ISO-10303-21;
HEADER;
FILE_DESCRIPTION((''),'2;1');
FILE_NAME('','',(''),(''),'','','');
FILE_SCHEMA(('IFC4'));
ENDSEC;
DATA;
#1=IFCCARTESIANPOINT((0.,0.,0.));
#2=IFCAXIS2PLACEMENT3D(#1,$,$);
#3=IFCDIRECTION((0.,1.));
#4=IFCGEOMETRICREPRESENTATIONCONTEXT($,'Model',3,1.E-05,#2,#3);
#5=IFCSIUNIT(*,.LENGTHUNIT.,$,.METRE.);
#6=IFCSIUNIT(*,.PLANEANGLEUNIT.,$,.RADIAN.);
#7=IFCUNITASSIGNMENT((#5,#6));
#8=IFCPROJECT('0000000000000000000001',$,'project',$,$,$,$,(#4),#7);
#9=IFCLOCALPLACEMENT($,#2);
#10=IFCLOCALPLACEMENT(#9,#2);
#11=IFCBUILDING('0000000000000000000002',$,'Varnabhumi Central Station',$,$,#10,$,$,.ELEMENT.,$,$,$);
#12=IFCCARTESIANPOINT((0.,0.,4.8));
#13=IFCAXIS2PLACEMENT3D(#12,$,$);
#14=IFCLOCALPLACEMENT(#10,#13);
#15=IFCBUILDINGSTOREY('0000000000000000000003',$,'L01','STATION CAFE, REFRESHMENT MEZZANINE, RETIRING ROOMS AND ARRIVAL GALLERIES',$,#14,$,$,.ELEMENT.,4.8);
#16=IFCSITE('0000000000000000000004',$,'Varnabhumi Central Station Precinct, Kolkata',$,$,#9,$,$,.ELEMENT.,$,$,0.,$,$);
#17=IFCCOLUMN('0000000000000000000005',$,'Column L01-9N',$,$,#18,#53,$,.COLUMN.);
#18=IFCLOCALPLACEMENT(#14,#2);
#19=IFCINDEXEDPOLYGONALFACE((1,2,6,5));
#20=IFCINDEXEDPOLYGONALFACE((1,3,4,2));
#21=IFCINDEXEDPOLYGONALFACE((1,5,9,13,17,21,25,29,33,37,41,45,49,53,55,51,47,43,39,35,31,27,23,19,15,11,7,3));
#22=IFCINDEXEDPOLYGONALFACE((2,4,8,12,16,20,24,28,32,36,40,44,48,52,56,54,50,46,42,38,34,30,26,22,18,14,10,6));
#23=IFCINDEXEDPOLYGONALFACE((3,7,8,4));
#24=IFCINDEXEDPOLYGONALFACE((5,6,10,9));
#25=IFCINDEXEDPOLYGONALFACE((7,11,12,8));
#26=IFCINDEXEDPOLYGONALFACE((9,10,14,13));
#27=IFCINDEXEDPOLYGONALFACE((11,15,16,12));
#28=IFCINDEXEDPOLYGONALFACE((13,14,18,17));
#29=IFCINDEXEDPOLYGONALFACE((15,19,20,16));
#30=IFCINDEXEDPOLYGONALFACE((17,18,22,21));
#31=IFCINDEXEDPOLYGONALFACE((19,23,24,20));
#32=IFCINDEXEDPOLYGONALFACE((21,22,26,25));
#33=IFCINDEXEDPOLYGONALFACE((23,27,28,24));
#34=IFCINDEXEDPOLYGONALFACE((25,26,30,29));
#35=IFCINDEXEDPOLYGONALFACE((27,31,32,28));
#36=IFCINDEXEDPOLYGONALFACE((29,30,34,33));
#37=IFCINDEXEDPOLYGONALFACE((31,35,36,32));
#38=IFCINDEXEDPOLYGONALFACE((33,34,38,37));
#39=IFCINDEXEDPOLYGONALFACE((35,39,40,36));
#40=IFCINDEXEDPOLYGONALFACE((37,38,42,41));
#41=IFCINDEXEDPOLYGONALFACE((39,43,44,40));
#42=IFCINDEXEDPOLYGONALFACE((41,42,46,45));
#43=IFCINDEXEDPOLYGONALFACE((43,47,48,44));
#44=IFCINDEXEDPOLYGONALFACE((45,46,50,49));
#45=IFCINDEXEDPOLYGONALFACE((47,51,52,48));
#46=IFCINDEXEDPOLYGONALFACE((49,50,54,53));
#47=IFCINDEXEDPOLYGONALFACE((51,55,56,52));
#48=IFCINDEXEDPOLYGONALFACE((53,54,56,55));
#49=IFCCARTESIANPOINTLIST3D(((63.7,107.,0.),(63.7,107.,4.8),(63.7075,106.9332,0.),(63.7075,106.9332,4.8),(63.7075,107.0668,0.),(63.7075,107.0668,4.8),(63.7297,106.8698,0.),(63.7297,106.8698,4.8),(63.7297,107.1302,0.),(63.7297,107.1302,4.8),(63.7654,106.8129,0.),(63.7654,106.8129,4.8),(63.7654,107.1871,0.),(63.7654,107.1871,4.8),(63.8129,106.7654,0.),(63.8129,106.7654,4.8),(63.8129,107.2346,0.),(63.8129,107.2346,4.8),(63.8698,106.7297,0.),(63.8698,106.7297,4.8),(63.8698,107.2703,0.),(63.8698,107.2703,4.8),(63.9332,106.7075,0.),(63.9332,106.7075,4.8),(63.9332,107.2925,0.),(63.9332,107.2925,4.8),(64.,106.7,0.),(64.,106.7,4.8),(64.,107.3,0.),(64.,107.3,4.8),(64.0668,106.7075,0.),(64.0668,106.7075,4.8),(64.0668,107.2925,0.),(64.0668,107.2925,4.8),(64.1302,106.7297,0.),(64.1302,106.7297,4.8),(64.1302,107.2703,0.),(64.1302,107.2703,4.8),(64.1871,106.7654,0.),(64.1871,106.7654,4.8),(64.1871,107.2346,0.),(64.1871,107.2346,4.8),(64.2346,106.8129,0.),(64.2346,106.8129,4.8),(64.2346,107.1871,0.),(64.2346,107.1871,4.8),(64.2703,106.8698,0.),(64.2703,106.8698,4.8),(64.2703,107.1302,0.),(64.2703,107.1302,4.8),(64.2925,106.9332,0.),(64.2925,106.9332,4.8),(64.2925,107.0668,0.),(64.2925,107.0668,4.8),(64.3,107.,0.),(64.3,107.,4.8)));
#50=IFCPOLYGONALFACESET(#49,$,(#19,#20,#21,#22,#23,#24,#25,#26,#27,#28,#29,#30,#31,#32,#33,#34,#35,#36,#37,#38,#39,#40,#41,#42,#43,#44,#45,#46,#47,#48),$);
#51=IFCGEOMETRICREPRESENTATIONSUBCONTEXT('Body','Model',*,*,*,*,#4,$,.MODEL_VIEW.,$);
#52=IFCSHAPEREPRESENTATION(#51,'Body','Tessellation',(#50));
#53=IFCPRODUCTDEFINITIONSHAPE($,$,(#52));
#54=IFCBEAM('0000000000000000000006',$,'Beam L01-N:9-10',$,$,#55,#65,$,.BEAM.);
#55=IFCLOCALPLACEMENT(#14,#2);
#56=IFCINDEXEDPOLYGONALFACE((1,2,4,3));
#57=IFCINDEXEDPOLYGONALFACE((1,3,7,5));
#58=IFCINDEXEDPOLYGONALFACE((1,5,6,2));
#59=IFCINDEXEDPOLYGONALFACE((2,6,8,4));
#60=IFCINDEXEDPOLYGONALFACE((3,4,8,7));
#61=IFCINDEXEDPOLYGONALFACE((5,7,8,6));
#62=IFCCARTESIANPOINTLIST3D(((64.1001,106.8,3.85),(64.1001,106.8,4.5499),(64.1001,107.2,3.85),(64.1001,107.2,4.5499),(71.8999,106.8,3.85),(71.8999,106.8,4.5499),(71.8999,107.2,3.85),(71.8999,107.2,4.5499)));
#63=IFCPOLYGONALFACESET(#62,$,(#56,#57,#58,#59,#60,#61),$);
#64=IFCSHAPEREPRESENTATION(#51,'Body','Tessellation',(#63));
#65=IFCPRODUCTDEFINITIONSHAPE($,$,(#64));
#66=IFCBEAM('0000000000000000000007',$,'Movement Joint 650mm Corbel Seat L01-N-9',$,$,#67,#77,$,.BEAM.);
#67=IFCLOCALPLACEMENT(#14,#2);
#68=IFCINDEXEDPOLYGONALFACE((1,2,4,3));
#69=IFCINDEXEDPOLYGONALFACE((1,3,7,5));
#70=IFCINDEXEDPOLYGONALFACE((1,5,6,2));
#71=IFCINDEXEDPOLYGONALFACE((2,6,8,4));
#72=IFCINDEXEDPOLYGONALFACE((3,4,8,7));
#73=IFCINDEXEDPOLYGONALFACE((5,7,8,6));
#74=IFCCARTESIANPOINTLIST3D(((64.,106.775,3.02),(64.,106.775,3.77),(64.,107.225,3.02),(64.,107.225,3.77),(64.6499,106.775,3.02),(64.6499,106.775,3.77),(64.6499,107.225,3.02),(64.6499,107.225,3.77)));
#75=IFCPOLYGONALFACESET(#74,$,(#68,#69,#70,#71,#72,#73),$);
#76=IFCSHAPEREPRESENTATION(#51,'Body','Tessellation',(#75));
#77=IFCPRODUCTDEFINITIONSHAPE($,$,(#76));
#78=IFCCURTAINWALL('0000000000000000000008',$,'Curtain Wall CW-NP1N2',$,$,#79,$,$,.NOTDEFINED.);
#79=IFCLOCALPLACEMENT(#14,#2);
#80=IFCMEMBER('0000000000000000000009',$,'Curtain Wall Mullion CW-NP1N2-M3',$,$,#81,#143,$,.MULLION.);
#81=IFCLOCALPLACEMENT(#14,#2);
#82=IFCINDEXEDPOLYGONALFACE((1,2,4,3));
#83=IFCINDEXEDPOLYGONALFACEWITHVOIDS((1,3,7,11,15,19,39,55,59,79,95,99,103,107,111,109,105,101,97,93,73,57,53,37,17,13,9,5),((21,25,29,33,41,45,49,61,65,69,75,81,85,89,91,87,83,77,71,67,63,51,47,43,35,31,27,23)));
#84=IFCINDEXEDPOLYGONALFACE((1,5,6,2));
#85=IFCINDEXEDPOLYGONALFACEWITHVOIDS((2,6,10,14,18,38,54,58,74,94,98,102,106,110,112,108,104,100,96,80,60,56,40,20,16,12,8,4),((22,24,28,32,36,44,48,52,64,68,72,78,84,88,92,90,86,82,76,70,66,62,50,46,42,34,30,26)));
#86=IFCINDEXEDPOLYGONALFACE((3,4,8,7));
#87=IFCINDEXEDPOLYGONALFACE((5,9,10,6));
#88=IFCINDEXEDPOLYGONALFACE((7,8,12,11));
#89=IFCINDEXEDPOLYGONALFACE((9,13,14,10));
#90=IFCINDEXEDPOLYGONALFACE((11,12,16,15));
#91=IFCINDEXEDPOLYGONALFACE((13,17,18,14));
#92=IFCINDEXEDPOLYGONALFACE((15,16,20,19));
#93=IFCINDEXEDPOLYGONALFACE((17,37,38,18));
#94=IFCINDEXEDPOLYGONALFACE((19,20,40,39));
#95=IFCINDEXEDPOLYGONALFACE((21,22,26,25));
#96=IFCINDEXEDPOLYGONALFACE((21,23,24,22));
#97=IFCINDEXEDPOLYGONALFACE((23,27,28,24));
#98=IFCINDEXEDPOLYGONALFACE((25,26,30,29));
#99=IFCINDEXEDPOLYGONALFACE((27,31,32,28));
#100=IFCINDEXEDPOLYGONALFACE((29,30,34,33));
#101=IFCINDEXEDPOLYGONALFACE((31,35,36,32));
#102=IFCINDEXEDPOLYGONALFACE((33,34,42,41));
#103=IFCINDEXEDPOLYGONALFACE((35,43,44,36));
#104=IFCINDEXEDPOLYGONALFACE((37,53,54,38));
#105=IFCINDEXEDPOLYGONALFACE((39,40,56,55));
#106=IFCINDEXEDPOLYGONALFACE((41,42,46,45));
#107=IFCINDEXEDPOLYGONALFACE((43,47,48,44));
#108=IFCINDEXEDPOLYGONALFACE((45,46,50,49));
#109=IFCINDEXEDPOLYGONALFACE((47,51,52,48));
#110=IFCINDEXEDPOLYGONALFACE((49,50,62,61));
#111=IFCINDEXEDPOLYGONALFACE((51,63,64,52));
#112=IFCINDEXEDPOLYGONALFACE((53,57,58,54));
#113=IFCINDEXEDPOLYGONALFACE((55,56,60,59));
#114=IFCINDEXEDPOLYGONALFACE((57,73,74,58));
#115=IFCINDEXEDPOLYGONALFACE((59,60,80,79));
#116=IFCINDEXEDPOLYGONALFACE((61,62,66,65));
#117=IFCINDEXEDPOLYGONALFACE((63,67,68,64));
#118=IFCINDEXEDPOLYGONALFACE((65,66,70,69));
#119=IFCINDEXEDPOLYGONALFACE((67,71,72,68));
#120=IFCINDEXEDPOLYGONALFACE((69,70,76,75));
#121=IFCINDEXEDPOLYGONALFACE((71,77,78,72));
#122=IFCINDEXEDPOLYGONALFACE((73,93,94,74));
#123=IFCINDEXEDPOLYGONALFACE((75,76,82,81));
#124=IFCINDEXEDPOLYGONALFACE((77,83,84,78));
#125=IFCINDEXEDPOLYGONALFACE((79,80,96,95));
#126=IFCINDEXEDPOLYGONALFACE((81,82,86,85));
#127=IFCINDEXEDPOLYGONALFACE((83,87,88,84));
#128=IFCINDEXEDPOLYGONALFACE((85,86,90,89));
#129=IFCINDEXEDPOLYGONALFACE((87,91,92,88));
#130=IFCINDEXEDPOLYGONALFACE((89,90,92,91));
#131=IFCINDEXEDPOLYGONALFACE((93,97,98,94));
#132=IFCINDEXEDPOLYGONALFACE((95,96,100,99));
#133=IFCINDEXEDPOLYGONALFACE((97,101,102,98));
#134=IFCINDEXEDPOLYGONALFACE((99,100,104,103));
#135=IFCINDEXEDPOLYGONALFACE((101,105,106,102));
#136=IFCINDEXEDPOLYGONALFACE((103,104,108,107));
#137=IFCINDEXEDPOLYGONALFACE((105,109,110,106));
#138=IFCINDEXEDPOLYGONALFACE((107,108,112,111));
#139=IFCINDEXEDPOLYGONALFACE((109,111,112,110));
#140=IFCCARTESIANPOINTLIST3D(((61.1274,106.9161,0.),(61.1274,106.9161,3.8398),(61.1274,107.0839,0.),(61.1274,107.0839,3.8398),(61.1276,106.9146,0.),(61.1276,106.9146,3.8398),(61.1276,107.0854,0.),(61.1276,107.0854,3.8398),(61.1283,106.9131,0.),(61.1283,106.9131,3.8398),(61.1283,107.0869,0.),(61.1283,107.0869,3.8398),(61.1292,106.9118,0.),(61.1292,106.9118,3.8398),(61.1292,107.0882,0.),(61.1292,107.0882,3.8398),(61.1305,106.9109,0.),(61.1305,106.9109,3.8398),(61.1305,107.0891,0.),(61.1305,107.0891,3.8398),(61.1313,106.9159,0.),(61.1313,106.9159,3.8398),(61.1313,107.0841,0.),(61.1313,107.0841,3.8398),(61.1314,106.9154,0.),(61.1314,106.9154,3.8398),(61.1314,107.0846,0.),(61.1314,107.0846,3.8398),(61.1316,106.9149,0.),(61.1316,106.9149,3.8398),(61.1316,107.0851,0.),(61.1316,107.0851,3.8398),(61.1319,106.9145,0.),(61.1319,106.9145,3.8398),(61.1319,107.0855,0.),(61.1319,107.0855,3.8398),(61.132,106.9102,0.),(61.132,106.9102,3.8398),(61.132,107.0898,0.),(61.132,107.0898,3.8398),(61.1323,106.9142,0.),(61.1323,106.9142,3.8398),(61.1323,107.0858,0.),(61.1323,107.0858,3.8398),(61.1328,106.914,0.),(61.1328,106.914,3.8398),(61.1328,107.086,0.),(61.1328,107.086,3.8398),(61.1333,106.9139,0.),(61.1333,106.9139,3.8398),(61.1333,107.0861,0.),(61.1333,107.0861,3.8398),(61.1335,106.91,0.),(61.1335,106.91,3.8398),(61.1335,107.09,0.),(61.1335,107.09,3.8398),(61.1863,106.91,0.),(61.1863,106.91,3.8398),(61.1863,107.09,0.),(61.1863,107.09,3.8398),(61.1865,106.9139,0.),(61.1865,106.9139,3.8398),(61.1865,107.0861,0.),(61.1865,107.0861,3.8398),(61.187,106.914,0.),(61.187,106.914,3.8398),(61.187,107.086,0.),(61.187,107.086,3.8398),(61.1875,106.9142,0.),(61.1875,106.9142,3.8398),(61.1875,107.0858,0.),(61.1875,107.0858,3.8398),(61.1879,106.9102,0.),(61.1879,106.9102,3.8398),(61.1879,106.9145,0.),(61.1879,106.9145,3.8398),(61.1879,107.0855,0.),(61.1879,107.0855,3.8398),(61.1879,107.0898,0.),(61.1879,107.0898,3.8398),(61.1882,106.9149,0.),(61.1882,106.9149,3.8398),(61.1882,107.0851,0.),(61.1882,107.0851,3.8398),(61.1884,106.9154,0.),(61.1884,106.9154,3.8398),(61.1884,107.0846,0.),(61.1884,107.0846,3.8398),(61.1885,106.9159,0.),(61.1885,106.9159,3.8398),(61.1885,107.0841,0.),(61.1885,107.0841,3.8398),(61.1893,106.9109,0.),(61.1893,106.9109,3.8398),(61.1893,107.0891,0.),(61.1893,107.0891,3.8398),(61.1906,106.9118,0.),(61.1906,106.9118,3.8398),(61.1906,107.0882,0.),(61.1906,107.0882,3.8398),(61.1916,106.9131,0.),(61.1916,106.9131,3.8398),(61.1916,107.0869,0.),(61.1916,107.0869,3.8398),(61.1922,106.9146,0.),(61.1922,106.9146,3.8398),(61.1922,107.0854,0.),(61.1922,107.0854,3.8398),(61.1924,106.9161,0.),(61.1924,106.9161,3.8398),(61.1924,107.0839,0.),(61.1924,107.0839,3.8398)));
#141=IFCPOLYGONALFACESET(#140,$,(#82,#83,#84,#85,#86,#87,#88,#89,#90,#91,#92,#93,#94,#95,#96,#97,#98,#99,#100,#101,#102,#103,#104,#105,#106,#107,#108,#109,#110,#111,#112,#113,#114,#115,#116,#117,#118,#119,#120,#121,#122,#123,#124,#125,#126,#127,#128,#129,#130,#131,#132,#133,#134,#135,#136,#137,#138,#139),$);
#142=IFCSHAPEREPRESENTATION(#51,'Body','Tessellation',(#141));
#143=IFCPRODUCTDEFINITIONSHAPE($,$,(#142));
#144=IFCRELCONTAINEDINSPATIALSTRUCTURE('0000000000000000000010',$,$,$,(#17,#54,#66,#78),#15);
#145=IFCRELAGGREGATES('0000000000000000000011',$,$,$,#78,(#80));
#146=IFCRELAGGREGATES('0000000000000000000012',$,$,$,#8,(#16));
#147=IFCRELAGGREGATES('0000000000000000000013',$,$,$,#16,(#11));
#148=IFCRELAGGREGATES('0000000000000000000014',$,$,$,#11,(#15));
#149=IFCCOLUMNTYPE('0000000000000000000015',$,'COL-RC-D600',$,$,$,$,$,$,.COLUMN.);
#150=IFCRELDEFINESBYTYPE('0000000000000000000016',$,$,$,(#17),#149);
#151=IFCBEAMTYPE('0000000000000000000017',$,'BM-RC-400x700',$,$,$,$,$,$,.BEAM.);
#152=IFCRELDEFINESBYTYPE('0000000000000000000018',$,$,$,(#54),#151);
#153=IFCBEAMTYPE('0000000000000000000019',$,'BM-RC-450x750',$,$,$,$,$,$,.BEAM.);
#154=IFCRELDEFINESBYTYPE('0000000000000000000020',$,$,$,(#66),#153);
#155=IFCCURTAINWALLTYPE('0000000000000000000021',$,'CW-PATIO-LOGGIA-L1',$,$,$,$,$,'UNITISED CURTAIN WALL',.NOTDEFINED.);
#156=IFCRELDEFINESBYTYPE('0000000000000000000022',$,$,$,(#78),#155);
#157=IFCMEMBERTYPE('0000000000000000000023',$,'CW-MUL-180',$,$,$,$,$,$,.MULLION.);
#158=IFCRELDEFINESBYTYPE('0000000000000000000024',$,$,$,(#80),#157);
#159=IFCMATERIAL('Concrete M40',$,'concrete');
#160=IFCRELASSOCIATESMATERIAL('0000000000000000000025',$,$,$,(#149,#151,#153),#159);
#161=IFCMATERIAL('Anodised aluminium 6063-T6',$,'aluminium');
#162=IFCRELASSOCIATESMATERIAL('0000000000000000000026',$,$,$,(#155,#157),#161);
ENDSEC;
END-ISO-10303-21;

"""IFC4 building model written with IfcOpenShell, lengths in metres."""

from ifc_helpers import new_model, si_unit, direction, frame, origin, origin_2d, place, context, subcontext, project, spatial, rectangle, hollow_rectangle, circle, extrude, material, material_profile, profile_set, type_object, element, aggregate, save


model = new_model("IFC4")

# Units and contexts
model_context = context("Model", 3, precision=1e-05, world=origin(), true_north=direction((0.0, 1.0)))
body_context = subcontext(model_context, "Body", "Model", "MODEL_VIEW")
ifc_project = project(units=[si_unit("LENGTHUNIT", "METRE"), si_unit("PLANEANGLEUNIT", "RADIAN")], contexts=[model_context])

# Site, building, storey
site_placement = place(None, origin())
site = spatial("IfcSite", under=ifc_project, at=site_placement, Name="Varnabhumi Central Station Precinct, Kolkata", CompositionType="ELEMENT", RefElevation=0.0)
building_placement = place(site_placement, origin())
building = spatial("IfcBuilding", under=site, at=building_placement, Name="Varnabhumi Central Station", CompositionType="ELEMENT")
storey_placement = place(building_placement, frame((0.0, 0.0, 4.8)))
storey = spatial("IfcBuildingStorey", under=building, at=storey_placement, Name="L01", Description="STATION CAFE, REFRESHMENT MEZZANINE, RETIRING ROOMS AND ARRIVAL GALLERIES", CompositionType="ELEMENT", Elevation=4.8)

# Column
ifc_material_1 = material(Name="Concrete M40", Category="concrete")
ifc_material_profile_1 = material_profile(ifc_material_1, circle(Radius=0.3, at=origin_2d()), Name="Concrete M40", Category="concrete")
ifc_profile_set_1 = profile_set([ifc_material_profile_1], Name="Concrete M40")
column_type = type_object("IfcColumnType", Name="COL-RC-D600", PredefinedType="COLUMN", material=ifc_profile_set_1)
column_placement = place(storey_placement, frame((64.0, 107.0, 0.0), z_axis=(0.0, 0.0, 1.0), x_axis=(1.0, 0.0, 0.0)))
element("IfcColumn", 1, at=column_placement, inside=storey, type_object=column_type, Name="Column L01-9N", PredefinedType="COLUMN", context=body_context, shape_type="SweptSolid", body=[
    extrude(circle(Radius=0.3, at=origin_2d()), origin(), (0.0, 0.0, 1.0), 4.8),
])

# Beams
ifc_material_profile_2 = material_profile(ifc_material_1, rectangle(XDim=0.3999, YDim=0.7, at=origin_2d()), Name="Concrete M40", Category="concrete")
ifc_profile_set_2 = profile_set([ifc_material_profile_2], Name="Concrete M40")
beam_type_1 = type_object("IfcBeamType", Name="BM-RC-400x700", PredefinedType="BEAM", material=ifc_profile_set_2)
beam_1_placement = place(storey_placement, frame((64.1001, 107.0, 4.2), z_axis=(1.0, 0.0, 0.0), x_axis=(0.0, 1.0, 0.0)))
element("IfcBeam", 2, at=beam_1_placement, inside=storey, type_object=beam_type_1, Name="Beam L01-N:9-10", PredefinedType="BEAM", context=body_context, shape_type="SweptSolid", body=[
    extrude(rectangle(XDim=0.3999, YDim=0.7, at=origin_2d()), origin(), (0.0, 0.0, 1.0), 7.7998),
])
ifc_material_profile_3 = material_profile(ifc_material_1, rectangle(XDim=0.45, YDim=0.75, at=origin_2d()), Name="Concrete M40", Category="concrete")
ifc_profile_set_3 = profile_set([ifc_material_profile_3], Name="Concrete M40")
beam_type_2 = type_object("IfcBeamType", Name="BM-RC-450x750", PredefinedType="BEAM", material=ifc_profile_set_3)
beam_2_placement = place(storey_placement, frame((64.0, 107.0, 3.395), z_axis=(1.0, 0.0, 0.0), x_axis=(0.0, 1.0, 0.0)))
element("IfcBeam", 3, at=beam_2_placement, inside=storey, type_object=beam_type_2, Name="Movement Joint 650mm Corbel Seat L01-N-9", PredefinedType="BEAM", context=body_context, shape_type="SweptSolid", body=[
    extrude(rectangle(XDim=0.45, YDim=0.75, at=origin_2d()), origin(), (0.0, 0.0, 1.0), 0.6499),
])

# Curtain wall, member
ifc_material_2 = material(Name="Anodised aluminium 6063-T6", Category="aluminium")
curtain_wall_type = type_object("IfcCurtainWallType", Name="CW-PATIO-LOGGIA-L1", ElementType="UNITISED CURTAIN WALL", PredefinedType="NOTDEFINED", material=ifc_material_2)
curtain_wall_1_placement = place(storey_placement, origin())
curtain_wall_1 = element("IfcCurtainWall", 4, at=curtain_wall_1_placement, inside=storey, type_object=curtain_wall_type, Name="Curtain Wall CW-NP1N2", PredefinedType="NOTDEFINED")
ifc_material_profile_4 = material_profile(ifc_material_2, hollow_rectangle(XDim=0.0649, YDim=0.1799, WallThickness=0.0039, InnerFilletRadius=0.002, OuterFilletRadius=0.0061, at=origin_2d()), Name="Anodised aluminium 6063-T6", Category="aluminium")
ifc_profile_set_4 = profile_set([ifc_material_profile_4], Name="Anodised aluminium 6063-T6")
member_type_1 = type_object("IfcMemberType", Name="CW-MUL-180", PredefinedType="MULLION", material=ifc_profile_set_4)
member_1_placement = place(storey_placement, frame((61.1599, 107.0, 0.0), z_axis=(0.0, 0.0, 1.0), x_axis=(1.0, 0.0, 0.0)))
member_1 = element("IfcMember", 5, at=member_1_placement, type_object=member_type_1, Name="Curtain Wall Mullion CW-NP1N2-M3", PredefinedType="MULLION", context=body_context, shape_type="SweptSolid", body=[
    extrude(hollow_rectangle(XDim=0.0649, YDim=0.1799, WallThickness=0.0039, InnerFilletRadius=0.002, OuterFilletRadius=0.0061, at=origin_2d()), origin(), (0.0, 0.0, 1.0), 3.8398),
])

aggregate(curtain_wall_1, [member_1])

save(model, "model.ifc")
